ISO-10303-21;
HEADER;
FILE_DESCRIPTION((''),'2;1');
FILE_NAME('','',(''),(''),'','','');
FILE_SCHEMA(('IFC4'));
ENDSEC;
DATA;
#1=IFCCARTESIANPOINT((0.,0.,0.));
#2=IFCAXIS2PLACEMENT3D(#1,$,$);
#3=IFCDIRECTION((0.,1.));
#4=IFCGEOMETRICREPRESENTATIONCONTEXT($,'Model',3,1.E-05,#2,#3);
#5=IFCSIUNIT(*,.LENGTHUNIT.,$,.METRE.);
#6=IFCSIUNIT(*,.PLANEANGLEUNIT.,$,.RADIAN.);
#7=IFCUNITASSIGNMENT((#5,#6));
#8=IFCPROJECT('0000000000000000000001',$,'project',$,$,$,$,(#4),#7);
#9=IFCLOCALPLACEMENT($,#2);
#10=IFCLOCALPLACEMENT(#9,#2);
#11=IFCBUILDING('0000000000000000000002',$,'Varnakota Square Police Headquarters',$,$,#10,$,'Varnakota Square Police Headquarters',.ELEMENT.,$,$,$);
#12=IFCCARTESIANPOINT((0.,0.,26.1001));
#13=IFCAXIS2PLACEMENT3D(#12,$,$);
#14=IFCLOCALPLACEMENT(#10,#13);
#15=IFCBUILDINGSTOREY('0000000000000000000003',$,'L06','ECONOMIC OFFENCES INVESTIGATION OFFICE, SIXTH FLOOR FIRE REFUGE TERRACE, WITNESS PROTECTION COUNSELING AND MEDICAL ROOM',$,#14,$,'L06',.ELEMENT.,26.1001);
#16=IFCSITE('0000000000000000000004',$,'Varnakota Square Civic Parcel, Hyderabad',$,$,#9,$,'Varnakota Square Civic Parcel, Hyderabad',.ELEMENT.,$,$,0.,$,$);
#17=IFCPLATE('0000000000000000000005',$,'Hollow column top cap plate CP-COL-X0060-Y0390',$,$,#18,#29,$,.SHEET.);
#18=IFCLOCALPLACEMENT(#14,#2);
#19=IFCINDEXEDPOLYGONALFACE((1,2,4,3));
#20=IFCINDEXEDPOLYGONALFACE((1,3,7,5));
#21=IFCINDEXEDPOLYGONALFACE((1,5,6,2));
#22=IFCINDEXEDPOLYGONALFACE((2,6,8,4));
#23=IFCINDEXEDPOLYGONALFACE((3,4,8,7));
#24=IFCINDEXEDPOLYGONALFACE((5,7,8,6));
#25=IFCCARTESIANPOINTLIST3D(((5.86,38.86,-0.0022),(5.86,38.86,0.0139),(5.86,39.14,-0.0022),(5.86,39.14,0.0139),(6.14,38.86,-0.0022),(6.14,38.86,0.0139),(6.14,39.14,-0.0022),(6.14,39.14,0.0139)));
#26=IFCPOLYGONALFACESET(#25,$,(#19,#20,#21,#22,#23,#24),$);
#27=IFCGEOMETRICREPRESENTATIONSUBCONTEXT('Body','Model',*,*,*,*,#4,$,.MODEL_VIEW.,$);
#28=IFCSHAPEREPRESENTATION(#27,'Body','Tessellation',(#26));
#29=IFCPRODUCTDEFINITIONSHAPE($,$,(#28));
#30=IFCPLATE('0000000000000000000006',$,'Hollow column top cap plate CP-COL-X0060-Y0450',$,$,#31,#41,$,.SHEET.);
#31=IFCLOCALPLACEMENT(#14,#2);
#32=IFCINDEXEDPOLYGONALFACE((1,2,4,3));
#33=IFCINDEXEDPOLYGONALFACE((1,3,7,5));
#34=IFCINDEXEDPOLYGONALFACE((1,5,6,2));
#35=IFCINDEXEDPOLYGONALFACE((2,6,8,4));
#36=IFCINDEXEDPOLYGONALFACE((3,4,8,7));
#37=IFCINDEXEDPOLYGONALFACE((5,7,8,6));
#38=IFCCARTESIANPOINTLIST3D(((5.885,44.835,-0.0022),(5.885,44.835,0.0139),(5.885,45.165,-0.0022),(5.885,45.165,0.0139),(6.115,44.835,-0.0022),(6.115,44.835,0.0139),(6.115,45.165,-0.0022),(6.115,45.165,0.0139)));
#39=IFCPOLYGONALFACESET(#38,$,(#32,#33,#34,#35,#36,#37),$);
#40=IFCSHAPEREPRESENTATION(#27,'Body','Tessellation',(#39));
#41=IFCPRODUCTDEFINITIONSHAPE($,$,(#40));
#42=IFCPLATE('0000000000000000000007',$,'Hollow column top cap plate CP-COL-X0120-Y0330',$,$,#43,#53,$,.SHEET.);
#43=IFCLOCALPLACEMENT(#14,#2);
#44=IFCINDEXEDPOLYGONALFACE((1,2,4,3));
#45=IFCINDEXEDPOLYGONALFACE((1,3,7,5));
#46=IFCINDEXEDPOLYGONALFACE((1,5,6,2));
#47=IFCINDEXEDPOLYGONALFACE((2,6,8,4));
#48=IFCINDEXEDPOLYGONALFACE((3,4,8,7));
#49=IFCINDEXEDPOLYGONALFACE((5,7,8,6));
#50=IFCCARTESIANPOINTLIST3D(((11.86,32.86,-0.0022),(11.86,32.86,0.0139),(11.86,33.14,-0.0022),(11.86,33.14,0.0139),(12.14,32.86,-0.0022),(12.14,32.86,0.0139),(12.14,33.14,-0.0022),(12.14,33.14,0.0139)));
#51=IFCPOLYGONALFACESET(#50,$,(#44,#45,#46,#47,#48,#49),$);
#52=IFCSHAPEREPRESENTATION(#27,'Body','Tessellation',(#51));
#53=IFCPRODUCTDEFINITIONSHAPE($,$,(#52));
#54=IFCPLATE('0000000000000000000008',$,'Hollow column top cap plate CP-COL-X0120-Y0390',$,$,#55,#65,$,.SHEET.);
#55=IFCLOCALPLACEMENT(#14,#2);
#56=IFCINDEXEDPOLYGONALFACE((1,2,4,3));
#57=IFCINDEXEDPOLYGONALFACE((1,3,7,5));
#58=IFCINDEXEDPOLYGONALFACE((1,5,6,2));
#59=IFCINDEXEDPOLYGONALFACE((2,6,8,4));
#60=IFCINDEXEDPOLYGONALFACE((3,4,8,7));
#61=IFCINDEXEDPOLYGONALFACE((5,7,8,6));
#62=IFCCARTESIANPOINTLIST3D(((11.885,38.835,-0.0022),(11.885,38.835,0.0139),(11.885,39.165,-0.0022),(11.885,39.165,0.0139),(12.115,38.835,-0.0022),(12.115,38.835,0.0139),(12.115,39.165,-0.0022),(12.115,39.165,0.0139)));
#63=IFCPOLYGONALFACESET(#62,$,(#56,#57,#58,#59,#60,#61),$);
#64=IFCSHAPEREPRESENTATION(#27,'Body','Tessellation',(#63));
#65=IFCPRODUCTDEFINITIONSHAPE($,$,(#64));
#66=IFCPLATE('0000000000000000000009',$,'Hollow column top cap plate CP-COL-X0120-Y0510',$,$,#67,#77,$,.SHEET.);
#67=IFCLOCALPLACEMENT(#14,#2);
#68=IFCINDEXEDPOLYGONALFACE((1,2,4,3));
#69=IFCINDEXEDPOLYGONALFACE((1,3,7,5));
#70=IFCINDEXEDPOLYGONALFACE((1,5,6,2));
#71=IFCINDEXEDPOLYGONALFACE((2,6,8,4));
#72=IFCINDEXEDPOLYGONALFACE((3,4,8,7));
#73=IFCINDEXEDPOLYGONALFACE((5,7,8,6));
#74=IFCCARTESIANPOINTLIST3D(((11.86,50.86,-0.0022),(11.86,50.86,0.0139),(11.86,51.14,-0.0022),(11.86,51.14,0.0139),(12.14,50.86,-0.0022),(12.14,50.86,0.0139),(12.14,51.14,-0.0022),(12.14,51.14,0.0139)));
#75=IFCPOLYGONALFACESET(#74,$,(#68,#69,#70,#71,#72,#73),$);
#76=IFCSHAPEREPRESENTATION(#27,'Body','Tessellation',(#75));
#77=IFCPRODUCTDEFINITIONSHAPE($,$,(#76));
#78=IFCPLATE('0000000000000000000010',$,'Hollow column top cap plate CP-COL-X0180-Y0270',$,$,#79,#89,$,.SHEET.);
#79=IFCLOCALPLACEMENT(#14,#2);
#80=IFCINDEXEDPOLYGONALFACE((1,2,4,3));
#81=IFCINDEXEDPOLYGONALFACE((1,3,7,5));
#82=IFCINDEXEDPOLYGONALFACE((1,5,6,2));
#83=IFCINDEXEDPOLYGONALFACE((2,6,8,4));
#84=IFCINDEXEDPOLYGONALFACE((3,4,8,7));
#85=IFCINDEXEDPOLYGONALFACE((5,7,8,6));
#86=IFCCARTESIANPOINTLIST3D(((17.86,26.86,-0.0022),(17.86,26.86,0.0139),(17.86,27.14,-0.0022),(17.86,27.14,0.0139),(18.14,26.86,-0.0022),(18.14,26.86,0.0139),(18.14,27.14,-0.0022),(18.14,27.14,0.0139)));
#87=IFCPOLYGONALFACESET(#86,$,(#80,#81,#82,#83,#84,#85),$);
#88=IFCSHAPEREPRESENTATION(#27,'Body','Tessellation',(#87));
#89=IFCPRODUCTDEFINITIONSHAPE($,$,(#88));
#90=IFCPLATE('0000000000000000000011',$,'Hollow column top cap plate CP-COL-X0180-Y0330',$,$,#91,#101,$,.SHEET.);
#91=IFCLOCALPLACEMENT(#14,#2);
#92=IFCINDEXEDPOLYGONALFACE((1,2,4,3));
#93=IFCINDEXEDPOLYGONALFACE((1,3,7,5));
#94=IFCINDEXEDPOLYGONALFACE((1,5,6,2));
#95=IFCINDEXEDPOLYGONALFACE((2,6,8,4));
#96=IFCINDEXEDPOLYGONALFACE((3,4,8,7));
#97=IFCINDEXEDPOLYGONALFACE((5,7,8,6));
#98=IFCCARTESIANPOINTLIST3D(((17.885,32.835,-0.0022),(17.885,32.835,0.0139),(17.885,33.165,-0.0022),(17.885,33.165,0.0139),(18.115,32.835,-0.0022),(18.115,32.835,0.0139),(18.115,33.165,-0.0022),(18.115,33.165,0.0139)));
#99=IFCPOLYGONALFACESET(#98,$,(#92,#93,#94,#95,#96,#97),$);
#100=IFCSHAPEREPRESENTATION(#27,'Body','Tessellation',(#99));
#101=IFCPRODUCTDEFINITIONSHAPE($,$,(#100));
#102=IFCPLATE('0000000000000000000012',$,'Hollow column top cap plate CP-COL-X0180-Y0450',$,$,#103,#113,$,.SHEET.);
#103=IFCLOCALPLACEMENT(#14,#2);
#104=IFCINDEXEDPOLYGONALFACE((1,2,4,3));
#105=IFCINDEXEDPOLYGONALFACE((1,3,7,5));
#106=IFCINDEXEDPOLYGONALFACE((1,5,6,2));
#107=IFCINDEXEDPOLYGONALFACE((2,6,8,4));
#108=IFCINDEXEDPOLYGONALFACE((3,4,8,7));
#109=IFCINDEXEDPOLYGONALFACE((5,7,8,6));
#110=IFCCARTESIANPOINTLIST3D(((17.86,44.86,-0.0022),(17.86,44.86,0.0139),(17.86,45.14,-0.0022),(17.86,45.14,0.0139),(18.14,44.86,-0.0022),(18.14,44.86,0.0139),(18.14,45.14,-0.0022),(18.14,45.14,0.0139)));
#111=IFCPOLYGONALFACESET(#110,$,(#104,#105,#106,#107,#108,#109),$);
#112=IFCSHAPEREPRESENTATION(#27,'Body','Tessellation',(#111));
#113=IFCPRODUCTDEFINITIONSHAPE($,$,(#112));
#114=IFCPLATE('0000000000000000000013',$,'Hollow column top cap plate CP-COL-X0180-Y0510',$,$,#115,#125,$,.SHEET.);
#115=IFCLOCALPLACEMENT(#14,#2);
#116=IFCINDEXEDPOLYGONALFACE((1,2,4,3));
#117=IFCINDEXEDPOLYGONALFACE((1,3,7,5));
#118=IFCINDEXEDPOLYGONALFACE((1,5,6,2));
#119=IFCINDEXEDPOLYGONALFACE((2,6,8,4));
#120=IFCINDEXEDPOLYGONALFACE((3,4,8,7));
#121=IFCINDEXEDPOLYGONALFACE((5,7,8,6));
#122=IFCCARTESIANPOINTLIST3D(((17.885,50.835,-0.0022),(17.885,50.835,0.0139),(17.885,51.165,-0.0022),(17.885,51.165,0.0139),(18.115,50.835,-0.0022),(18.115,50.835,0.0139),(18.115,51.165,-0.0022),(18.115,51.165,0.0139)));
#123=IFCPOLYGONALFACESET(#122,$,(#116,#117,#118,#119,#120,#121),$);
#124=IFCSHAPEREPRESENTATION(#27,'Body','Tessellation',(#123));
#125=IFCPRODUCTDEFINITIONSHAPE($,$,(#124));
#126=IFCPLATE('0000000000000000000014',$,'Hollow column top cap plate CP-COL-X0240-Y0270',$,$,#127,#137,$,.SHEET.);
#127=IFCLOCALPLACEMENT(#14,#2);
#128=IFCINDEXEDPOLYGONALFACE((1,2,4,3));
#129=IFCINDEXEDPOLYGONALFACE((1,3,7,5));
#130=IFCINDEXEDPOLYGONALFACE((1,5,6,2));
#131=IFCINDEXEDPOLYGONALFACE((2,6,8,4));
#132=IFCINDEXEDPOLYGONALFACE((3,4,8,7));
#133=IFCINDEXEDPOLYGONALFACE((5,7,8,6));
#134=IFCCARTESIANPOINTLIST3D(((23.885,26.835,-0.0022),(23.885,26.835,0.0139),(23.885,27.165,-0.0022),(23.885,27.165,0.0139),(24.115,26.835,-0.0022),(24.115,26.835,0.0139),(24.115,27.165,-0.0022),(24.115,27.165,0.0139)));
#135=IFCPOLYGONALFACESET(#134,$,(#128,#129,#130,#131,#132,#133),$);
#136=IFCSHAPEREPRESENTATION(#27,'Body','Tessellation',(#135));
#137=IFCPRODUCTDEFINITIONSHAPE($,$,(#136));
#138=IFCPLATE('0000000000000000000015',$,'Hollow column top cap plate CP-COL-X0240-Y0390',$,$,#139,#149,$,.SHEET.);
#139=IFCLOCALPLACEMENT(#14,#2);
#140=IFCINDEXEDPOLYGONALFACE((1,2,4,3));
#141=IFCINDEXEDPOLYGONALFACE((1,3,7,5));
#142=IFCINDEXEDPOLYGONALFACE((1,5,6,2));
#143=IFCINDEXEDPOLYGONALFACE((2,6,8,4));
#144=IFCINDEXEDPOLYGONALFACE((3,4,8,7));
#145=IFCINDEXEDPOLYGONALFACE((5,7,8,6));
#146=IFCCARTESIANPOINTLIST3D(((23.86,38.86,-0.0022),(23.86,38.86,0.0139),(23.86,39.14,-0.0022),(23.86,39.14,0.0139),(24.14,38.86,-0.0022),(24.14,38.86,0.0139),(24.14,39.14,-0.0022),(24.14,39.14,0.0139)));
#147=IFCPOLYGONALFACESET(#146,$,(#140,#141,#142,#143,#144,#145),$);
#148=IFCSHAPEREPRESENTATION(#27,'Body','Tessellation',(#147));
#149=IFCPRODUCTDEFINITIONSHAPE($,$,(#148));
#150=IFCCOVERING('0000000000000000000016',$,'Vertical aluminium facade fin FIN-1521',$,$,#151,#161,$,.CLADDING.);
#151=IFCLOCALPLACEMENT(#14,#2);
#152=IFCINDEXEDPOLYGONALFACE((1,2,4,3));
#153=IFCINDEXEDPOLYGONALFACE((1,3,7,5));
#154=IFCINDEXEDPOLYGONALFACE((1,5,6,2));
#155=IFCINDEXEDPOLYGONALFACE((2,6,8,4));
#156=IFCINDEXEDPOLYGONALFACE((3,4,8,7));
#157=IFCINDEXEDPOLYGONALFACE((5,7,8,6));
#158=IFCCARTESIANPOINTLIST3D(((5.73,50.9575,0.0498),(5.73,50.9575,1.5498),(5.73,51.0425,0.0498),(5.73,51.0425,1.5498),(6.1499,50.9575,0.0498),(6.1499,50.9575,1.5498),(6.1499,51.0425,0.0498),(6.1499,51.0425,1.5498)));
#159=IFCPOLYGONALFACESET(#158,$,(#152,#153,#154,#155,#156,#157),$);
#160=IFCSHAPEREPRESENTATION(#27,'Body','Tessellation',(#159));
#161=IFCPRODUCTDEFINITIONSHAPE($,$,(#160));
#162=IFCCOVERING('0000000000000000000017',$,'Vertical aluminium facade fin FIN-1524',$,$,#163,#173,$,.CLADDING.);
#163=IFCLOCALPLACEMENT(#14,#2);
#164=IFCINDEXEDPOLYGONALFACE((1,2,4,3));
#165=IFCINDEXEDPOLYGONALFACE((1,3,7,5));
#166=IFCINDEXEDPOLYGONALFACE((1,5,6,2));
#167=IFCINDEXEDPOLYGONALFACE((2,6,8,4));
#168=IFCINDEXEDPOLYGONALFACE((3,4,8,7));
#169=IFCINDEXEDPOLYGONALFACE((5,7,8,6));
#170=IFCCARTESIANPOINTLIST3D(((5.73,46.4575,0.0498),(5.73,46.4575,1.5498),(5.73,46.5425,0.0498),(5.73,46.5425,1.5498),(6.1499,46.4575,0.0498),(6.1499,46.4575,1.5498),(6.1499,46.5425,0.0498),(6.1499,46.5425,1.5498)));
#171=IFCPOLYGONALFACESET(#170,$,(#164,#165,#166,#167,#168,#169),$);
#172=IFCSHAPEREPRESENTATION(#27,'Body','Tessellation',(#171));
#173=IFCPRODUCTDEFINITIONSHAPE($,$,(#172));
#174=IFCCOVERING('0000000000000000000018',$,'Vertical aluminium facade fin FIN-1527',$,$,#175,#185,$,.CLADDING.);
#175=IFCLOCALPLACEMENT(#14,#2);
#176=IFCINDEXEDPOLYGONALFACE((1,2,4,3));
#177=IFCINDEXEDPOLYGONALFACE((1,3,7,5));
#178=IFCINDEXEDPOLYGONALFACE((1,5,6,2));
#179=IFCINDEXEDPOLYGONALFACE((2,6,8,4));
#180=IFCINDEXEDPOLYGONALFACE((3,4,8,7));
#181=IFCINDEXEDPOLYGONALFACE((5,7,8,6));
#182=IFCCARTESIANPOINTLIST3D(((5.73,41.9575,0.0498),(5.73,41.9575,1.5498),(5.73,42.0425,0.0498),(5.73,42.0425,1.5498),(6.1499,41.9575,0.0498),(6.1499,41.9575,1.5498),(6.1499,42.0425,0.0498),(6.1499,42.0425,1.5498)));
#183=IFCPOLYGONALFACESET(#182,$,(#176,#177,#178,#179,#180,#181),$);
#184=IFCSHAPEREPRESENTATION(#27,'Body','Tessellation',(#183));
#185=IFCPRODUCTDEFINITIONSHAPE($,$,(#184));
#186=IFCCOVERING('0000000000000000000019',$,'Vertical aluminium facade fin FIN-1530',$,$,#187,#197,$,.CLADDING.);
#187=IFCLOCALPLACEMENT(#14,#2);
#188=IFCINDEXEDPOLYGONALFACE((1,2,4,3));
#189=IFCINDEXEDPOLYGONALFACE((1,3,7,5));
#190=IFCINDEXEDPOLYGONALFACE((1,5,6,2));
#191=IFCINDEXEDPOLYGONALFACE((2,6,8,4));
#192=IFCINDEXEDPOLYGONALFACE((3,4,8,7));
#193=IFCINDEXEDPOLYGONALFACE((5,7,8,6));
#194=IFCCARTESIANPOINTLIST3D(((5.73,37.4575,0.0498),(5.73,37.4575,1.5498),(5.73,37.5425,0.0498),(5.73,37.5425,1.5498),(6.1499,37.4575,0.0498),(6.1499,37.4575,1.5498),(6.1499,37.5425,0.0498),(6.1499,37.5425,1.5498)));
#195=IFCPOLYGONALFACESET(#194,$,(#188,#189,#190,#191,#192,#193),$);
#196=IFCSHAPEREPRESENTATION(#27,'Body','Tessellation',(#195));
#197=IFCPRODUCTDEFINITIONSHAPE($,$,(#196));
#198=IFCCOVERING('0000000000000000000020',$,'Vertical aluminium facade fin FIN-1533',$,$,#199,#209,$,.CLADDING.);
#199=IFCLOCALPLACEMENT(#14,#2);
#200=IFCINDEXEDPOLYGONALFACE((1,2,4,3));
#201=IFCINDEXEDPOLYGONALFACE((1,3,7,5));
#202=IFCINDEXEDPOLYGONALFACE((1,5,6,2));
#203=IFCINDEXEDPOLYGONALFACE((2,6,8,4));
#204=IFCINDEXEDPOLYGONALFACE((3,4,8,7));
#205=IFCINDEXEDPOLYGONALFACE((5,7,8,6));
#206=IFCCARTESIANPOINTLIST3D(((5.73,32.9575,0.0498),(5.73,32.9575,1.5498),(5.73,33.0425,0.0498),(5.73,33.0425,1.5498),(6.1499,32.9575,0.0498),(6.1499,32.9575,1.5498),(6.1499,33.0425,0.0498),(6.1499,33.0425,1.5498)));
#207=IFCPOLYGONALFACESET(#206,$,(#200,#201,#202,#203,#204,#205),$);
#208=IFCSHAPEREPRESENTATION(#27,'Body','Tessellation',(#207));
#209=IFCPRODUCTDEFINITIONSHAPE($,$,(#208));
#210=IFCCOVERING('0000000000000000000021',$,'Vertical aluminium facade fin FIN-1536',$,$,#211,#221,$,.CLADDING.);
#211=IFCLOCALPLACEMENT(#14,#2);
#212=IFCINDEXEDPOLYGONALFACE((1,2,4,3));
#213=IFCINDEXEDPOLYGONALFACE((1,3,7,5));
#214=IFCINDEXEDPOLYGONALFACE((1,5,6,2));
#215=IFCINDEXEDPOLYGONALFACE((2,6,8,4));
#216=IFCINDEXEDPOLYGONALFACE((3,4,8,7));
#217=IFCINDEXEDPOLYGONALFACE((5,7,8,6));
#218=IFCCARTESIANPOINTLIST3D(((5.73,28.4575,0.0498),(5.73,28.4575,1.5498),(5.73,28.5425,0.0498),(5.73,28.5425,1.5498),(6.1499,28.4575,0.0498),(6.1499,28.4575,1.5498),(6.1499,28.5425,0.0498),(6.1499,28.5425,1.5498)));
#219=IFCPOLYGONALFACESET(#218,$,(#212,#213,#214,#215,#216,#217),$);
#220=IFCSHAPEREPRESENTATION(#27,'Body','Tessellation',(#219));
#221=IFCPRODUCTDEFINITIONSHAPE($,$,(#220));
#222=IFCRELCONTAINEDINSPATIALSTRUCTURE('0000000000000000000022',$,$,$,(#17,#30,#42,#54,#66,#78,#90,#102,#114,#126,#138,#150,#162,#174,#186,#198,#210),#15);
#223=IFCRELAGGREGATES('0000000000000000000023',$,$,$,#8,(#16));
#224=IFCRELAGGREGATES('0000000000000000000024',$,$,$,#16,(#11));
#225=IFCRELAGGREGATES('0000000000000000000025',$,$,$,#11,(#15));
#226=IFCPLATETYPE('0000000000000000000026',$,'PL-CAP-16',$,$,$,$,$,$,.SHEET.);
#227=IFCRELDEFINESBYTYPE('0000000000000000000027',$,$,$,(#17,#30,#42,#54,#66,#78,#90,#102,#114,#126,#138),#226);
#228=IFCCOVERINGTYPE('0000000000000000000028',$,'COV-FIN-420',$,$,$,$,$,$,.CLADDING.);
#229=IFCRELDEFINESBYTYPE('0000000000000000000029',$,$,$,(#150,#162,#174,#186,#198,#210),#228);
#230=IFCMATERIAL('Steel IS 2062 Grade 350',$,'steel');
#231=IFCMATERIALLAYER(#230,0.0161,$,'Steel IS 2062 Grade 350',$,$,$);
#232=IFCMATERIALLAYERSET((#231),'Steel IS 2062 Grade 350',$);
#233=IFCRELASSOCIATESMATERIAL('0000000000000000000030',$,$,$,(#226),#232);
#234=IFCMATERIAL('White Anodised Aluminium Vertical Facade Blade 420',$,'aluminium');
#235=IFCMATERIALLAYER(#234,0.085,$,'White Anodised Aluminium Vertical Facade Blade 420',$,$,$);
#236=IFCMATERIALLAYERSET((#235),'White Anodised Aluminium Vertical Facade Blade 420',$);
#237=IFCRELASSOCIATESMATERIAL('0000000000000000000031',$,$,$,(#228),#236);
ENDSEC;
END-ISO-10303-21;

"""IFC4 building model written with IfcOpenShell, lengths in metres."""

from ifc_helpers import new_model, si_unit, direction, frame, origin, origin_2d, place, context, subcontext, project, spatial, rectangle, extrude, material, layer, layer_set, type_object, element, save


model = new_model("IFC4")

# Units and contexts
model_context = context("Model", 3, precision=1e-05, world=origin(), true_north=direction((0.0, 1.0)))
body_context = subcontext(model_context, "Body", "Model", "MODEL_VIEW")
ifc_project = project(units=[si_unit("LENGTHUNIT", "METRE"), si_unit("PLANEANGLEUNIT", "RADIAN")], contexts=[model_context])

# Site, building, storey
site_placement = place(None, origin())
site = spatial("IfcSite", under=ifc_project, at=site_placement, Name="Varnakota Square Civic Parcel, Hyderabad", LongName="Varnakota Square Civic Parcel, Hyderabad", CompositionType="ELEMENT", RefElevation=0.0)
building_placement = place(site_placement, origin())
building = spatial("IfcBuilding", under=site, at=building_placement, Name="Varnakota Square Police Headquarters", LongName="Varnakota Square Police Headquarters", CompositionType="ELEMENT")
storey_placement = place(building_placement, frame((0.0, 0.0, 26.1001)))
storey = spatial("IfcBuildingStorey", under=building, at=storey_placement, Name="L06", Description="ECONOMIC OFFENCES INVESTIGATION OFFICE, SIXTH FLOOR FIRE REFUGE TERRACE, WITNESS PROTECTION COUNSELING AND MEDICAL ROOM", LongName="L06", CompositionType="ELEMENT", Elevation=26.1001)

# Plates
ifc_material_1 = material(Name="Steel IS 2062 Grade 350", Category="steel")
ifc_layer_1 = layer(ifc_material_1, 0.0161, Name="Steel IS 2062 Grade 350")
ifc_layer_set_1 = layer_set([ifc_layer_1], Name="Steel IS 2062 Grade 350")
plate_type = type_object("IfcPlateType", Name="PL-CAP-16", PredefinedType="SHEET", material=ifc_layer_set_1)
plate_1_placement = place(storey_placement, frame((6.0, 39.0, -0.0022), z_axis=(0.0, 0.0, 1.0), x_axis=(1.0, 0.0, 0.0)))
element("IfcPlate", 1, at=plate_1_placement, inside=storey, type_object=plate_type, Name="Hollow column top cap plate CP-COL-X0060-Y0390", PredefinedType="SHEET", context=body_context, shape_type="SweptSolid", body=[
    extrude(rectangle(XDim=0.28, YDim=0.28, at=origin_2d()), origin(), (0.0, 0.0, 1.0), 0.0161),
])
plate_2_placement = place(storey_placement, frame((6.0, 45.0, -0.0022), z_axis=(0.0, 0.0, 1.0), x_axis=(1.0, 0.0, 0.0)))
element("IfcPlate", 2, at=plate_2_placement, inside=storey, type_object=plate_type, Name="Hollow column top cap plate CP-COL-X0060-Y0450", PredefinedType="SHEET", context=body_context, shape_type="SweptSolid", body=[
    extrude(rectangle(XDim=0.23, YDim=0.3301, at=origin_2d()), origin(), (0.0, 0.0, 1.0), 0.0161),
])
plate_3_placement = place(storey_placement, frame((12.0, 33.0, -0.0022), z_axis=(0.0, 0.0, 1.0), x_axis=(1.0, 0.0, 0.0)))
element("IfcPlate", 3, at=plate_3_placement, inside=storey, type_object=plate_type, Name="Hollow column top cap plate CP-COL-X0120-Y0330", PredefinedType="SHEET", context=body_context, shape_type="SweptSolid", body=[
    extrude(rectangle(XDim=0.28, YDim=0.28, at=origin_2d()), origin(), (0.0, 0.0, 1.0), 0.0161),
])
plate_4_placement = place(storey_placement, frame((12.0, 39.0, -0.0022), z_axis=(0.0, 0.0, 1.0), x_axis=(1.0, 0.0, 0.0)))
element("IfcPlate", 4, at=plate_4_placement, inside=storey, type_object=plate_type, Name="Hollow column top cap plate CP-COL-X0120-Y0390", PredefinedType="SHEET", context=body_context, shape_type="SweptSolid", body=[
    extrude(rectangle(XDim=0.23, YDim=0.3301, at=origin_2d()), origin(), (0.0, 0.0, 1.0), 0.0161),
])
for number, where, z_axis, x_axis, name in (
    (5, (12.0, 51.0, -0.0022), (0.0, 0.0, 1.0), (1.0, 0.0, 0.0), "Hollow column top cap plate CP-COL-X0120-Y0510"),
    (6, (18.0, 27.0, -0.0022), (0.0, 0.0, 1.0), (1.0, 0.0, 0.0), "Hollow column top cap plate CP-COL-X0180-Y0270"),
):
    element("IfcPlate", number, at=place(storey_placement, frame(where, z_axis=z_axis, x_axis=x_axis)), inside=storey, type_object=plate_type, Name=name, PredefinedType="SHEET", context=body_context, shape_type="SweptSolid", body=[
        extrude(rectangle(XDim=0.28, YDim=0.28, at=origin_2d()), origin(), (0.0, 0.0, 1.0), 0.0161),
    ])
plate_5_placement = place(storey_placement, frame((18.0, 33.0, -0.0022), z_axis=(0.0, 0.0, 1.0), x_axis=(1.0, 0.0, 0.0)))
element("IfcPlate", 7, at=plate_5_placement, inside=storey, type_object=plate_type, Name="Hollow column top cap plate CP-COL-X0180-Y0330", PredefinedType="SHEET", context=body_context, shape_type="SweptSolid", body=[
    extrude(rectangle(XDim=0.23, YDim=0.3301, at=origin_2d()), origin(), (0.0, 0.0, 1.0), 0.0161),
])
plate_6_placement = place(storey_placement, frame((18.0, 45.0, -0.0022), z_axis=(0.0, 0.0, 1.0), x_axis=(1.0, 0.0, 0.0)))
element("IfcPlate", 8, at=plate_6_placement, inside=storey, type_object=plate_type, Name="Hollow column top cap plate CP-COL-X0180-Y0450", PredefinedType="SHEET", context=body_context, shape_type="SweptSolid", body=[
    extrude(rectangle(XDim=0.28, YDim=0.28, at=origin_2d()), origin(), (0.0, 0.0, 1.0), 0.0161),
])
for number, where, z_axis, x_axis, name in (
    (9, (18.0, 51.0, -0.0022), (0.0, 0.0, 1.0), (1.0, 0.0, 0.0), "Hollow column top cap plate CP-COL-X0180-Y0510"),
    (10, (24.0, 27.0, -0.0022), (0.0, 0.0, 1.0), (1.0, 0.0, 0.0), "Hollow column top cap plate CP-COL-X0240-Y0270"),
):
    element("IfcPlate", number, at=place(storey_placement, frame(where, z_axis=z_axis, x_axis=x_axis)), inside=storey, type_object=plate_type, Name=name, PredefinedType="SHEET", context=body_context, shape_type="SweptSolid", body=[
        extrude(rectangle(XDim=0.23, YDim=0.3301, at=origin_2d()), origin(), (0.0, 0.0, 1.0), 0.0161),
    ])
plate_7_placement = place(storey_placement, frame((24.0, 39.0, -0.0022), z_axis=(0.0, 0.0, 1.0), x_axis=(1.0, 0.0, 0.0)))
element("IfcPlate", 11, at=plate_7_placement, inside=storey, type_object=plate_type, Name="Hollow column top cap plate CP-COL-X0240-Y0390", PredefinedType="SHEET", context=body_context, shape_type="SweptSolid", body=[
    extrude(rectangle(XDim=0.28, YDim=0.28, at=origin_2d()), origin(), (0.0, 0.0, 1.0), 0.0161),
])

# Coverings
ifc_material_2 = material(Name="White Anodised Aluminium Vertical Facade Blade 420", Category="aluminium")
ifc_layer_2 = layer(ifc_material_2, 0.085, Name="White Anodised Aluminium Vertical Facade Blade 420")
ifc_layer_set_2 = layer_set([ifc_layer_2], Name="White Anodised Aluminium Vertical Facade Blade 420")
covering_type_1 = type_object("IfcCoveringType", Name="COV-FIN-420", PredefinedType="CLADDING", material=ifc_layer_set_2)
for number, where, z_axis, x_axis, name in (
    (12, (5.9399, 51.0, 0.0498), (0.0, 0.0, 1.0), (0.0, -1.0, 0.0), "Vertical aluminium facade fin FIN-1521"),
    (13, (5.9399, 46.5, 0.0498), (0.0, 0.0, 1.0), (0.0, -1.0, 0.0), "Vertical aluminium facade fin FIN-1524"),
    (14, (5.9399, 42.0, 0.0498), (0.0, 0.0, 1.0), (0.0, -1.0, 0.0), "Vertical aluminium facade fin FIN-1527"),
    (15, (5.9399, 37.5, 0.0498), (0.0, 0.0, 1.0), (0.0, -1.0, 0.0), "Vertical aluminium facade fin FIN-1530"),
    (16, (5.9399, 33.0, 0.0498), (0.0, 0.0, 1.0), (0.0, -1.0, 0.0), "Vertical aluminium facade fin FIN-1533"),
    (17, (5.9399, 28.5, 0.0498), (0.0, 0.0, 1.0), (0.0, -1.0, 0.0), "Vertical aluminium facade fin FIN-1536"),
):
    element("IfcCovering", number, at=place(storey_placement, frame(where, z_axis=z_axis, x_axis=x_axis)), inside=storey, type_object=covering_type_1, Name=name, PredefinedType="CLADDING", context=body_context, shape_type="SweptSolid", body=[
        extrude(rectangle(XDim=0.085, YDim=0.4199, at=origin_2d()), origin(), (0.0, 0.0, 1.0), 1.5),
    ])

save(model, "model.ifc")
